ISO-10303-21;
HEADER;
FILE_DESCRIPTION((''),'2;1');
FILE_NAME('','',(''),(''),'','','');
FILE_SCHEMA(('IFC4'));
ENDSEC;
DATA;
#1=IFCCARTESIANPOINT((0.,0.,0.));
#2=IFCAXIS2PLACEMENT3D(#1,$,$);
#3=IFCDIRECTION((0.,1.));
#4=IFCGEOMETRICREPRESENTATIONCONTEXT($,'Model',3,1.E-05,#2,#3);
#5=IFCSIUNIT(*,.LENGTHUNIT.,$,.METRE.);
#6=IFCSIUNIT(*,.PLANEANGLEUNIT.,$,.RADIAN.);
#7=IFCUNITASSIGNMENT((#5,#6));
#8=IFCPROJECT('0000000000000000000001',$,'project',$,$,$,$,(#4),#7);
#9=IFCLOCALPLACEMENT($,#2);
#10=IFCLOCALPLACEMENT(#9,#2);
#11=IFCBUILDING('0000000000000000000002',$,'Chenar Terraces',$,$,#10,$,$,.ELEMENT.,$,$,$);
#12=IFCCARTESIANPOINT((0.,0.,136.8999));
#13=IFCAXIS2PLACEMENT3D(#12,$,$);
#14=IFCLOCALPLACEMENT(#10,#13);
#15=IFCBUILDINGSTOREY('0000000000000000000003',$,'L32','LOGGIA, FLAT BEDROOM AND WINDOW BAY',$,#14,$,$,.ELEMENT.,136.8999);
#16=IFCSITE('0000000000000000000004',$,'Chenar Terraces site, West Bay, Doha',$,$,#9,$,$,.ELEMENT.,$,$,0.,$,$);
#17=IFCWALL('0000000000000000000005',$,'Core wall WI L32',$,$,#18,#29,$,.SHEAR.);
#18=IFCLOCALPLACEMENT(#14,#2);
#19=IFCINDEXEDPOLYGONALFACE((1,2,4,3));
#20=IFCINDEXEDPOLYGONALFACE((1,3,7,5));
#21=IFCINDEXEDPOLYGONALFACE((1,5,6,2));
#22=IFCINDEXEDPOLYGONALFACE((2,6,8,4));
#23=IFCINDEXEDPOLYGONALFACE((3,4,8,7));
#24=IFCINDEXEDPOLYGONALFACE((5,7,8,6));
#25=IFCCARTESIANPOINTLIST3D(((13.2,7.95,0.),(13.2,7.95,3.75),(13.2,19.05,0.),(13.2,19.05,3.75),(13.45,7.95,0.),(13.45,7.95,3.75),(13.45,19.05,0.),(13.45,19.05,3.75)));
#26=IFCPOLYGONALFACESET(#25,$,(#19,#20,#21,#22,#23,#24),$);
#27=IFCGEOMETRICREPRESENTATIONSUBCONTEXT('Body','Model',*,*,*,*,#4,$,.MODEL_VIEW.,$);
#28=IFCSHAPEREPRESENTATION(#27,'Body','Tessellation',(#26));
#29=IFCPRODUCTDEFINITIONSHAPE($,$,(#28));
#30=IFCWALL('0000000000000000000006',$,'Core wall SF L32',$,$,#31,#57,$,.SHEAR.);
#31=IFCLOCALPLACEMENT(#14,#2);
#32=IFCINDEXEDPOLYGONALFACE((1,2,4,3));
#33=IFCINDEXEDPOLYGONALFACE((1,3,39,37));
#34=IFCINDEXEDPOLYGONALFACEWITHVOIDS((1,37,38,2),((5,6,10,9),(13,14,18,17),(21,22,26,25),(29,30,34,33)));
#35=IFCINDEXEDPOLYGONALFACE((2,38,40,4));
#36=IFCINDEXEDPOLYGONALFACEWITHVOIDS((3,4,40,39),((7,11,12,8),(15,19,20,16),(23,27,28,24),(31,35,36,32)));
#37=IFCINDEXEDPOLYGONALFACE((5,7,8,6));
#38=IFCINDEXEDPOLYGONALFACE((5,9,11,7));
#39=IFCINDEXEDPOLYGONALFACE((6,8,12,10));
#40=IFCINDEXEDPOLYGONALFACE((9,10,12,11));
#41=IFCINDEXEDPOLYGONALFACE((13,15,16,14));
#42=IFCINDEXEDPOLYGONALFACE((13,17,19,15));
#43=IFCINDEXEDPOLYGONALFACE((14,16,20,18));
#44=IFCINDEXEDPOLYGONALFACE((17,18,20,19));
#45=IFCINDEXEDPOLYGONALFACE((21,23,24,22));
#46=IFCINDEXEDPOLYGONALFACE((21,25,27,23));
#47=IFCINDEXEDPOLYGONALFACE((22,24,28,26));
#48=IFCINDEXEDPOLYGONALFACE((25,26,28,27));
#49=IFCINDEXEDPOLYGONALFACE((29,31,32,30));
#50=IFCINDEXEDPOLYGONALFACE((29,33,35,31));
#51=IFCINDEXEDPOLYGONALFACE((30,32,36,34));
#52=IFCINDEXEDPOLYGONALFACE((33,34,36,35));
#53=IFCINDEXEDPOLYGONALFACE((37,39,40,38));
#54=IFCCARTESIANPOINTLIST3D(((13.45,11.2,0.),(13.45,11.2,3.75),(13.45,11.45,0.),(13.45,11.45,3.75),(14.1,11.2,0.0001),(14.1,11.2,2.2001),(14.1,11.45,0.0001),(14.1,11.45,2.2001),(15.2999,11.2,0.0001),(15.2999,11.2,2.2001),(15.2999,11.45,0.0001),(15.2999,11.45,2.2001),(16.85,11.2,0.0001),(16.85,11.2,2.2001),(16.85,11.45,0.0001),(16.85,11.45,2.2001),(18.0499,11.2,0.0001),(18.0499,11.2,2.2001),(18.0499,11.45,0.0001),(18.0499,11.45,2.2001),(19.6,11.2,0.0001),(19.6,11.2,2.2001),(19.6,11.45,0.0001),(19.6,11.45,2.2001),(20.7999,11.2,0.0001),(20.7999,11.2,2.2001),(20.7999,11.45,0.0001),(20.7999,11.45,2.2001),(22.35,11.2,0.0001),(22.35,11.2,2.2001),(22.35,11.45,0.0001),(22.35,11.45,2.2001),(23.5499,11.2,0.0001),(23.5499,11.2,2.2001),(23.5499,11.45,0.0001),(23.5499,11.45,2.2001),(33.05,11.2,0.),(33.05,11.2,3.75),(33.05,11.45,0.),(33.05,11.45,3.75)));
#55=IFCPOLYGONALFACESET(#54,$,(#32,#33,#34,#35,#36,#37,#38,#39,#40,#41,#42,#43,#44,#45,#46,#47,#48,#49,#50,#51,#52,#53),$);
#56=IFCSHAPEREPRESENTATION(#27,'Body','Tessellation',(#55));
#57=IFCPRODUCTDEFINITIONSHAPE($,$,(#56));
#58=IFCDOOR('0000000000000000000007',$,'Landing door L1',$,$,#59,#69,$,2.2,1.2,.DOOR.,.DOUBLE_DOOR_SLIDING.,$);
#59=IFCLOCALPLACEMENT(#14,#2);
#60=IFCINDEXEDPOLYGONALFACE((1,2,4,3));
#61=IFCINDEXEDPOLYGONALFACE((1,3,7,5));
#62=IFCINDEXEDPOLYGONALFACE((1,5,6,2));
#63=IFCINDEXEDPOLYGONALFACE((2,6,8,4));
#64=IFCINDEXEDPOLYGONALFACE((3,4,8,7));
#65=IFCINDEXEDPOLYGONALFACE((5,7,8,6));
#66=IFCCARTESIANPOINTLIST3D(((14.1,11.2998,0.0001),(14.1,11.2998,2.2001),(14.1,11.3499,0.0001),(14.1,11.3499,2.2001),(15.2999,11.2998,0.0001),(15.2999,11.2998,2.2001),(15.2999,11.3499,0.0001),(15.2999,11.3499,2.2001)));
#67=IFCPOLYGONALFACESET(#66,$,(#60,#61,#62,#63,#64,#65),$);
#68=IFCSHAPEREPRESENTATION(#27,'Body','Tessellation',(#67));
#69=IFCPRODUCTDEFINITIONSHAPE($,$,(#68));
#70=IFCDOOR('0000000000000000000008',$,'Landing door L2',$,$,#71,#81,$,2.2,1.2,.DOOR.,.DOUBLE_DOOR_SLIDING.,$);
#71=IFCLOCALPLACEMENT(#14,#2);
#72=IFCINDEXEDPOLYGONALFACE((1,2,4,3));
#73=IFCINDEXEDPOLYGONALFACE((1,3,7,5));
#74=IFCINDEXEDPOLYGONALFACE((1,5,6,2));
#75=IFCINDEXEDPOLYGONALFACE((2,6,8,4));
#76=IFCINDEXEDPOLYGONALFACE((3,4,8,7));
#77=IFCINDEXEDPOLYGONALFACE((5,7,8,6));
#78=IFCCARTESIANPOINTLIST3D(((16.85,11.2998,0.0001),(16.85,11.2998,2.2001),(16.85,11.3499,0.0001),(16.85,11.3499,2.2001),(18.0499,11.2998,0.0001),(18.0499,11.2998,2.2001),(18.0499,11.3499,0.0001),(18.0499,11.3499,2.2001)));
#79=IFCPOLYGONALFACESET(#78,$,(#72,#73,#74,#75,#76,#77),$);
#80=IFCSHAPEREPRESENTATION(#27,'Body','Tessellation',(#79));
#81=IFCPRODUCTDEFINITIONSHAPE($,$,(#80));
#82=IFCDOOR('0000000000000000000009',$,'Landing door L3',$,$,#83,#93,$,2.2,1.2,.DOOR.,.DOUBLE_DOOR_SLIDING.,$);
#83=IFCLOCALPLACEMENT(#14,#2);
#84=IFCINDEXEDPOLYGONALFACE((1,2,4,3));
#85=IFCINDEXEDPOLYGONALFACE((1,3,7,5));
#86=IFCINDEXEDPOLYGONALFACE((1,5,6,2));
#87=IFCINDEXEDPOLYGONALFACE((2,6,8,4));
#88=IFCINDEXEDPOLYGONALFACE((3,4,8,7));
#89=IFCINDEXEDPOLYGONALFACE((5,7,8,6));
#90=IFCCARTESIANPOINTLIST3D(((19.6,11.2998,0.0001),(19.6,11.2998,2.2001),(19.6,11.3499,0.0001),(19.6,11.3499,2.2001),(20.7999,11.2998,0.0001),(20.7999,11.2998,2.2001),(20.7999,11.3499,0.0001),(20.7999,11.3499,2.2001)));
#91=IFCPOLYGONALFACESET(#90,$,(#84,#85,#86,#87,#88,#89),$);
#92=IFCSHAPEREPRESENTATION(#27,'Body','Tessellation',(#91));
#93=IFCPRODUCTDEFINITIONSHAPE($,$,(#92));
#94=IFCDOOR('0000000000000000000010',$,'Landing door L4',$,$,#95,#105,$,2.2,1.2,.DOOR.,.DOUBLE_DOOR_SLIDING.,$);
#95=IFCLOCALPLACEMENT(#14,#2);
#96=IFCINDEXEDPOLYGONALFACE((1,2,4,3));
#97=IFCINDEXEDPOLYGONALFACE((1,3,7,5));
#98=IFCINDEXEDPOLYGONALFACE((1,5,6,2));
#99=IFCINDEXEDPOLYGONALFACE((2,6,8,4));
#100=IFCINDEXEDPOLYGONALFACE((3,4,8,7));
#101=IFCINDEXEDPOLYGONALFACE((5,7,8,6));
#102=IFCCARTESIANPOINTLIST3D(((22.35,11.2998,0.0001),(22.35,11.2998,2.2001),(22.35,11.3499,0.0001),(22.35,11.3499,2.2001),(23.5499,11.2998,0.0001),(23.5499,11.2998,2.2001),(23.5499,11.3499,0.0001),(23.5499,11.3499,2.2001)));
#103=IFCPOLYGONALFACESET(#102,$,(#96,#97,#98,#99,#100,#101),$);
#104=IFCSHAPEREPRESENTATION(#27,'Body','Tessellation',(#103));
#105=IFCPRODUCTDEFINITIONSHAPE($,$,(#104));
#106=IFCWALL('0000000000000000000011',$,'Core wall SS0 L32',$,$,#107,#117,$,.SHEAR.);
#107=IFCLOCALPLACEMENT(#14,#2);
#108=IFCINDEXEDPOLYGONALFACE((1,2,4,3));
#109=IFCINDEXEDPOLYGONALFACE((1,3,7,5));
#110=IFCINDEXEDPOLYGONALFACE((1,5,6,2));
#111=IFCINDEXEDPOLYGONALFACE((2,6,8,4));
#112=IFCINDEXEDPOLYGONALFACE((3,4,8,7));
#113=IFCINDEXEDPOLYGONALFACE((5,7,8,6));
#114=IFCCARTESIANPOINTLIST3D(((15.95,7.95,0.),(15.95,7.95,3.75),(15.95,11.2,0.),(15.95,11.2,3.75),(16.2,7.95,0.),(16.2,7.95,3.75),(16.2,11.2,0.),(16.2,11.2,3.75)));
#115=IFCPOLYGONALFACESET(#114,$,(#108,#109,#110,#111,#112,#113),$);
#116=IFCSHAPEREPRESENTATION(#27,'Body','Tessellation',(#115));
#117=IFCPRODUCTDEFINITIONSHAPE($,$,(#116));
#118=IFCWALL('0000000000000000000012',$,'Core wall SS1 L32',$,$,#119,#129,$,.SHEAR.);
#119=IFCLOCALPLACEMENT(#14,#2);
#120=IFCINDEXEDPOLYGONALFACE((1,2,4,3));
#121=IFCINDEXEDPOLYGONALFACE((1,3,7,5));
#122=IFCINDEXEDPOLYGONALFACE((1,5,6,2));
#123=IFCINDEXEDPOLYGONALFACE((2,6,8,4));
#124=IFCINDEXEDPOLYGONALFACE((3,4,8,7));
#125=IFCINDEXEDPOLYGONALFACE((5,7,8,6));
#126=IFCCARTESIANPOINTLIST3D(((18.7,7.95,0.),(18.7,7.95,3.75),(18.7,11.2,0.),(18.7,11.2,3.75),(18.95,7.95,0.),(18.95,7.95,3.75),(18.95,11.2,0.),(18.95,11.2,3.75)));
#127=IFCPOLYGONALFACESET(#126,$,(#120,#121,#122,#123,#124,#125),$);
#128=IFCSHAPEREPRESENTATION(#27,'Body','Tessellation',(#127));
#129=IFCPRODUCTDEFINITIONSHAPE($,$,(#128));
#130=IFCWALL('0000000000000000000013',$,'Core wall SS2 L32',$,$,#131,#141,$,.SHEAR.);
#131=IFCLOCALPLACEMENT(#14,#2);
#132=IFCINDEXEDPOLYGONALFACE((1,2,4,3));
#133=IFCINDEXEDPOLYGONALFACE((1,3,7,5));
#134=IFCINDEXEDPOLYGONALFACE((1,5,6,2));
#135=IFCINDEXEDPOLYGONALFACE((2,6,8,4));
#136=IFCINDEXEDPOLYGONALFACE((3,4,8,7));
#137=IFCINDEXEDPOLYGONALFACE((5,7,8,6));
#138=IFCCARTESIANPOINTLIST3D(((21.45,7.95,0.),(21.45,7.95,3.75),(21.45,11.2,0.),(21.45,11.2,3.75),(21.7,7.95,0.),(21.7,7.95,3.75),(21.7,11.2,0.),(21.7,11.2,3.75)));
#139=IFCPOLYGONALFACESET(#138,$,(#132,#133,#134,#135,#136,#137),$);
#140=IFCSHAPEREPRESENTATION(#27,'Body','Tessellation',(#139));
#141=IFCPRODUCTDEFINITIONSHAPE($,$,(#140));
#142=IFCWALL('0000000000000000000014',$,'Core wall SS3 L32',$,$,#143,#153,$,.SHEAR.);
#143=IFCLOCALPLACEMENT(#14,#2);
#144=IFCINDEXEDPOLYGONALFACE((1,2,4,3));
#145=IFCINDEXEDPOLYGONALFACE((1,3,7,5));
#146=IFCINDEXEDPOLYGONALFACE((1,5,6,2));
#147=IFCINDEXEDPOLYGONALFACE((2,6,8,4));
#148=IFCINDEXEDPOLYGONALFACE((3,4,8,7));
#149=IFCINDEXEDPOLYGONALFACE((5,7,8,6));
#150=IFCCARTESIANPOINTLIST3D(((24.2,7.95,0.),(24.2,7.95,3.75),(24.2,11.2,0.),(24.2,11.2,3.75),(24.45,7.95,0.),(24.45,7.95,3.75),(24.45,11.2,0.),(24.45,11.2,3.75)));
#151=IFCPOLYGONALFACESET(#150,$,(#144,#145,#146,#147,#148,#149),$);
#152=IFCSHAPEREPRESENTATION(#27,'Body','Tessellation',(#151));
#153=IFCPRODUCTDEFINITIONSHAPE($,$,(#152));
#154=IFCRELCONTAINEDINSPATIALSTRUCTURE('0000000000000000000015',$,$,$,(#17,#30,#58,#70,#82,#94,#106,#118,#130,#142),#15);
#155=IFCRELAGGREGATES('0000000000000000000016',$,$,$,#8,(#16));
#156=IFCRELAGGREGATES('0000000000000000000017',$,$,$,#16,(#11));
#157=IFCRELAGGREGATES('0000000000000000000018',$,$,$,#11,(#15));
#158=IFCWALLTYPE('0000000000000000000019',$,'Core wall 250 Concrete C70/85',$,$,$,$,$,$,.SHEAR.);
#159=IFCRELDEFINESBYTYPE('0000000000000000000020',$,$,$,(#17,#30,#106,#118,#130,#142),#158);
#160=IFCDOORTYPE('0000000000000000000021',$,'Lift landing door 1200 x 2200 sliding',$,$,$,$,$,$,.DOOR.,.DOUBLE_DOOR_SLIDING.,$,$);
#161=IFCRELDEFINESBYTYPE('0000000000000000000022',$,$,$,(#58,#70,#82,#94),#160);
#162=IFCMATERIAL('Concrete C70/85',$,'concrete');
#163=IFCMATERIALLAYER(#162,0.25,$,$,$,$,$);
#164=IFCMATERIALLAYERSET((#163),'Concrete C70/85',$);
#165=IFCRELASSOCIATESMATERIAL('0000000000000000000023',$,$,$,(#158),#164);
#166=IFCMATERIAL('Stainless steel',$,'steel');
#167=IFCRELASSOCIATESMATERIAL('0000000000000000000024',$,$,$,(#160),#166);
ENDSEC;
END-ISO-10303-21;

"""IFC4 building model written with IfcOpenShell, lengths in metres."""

from ifc_helpers import new_model, si_unit, direction, frame, frame_2d, origin, place, context, subcontext, project, spatial, rectangle, extrude, material, layer, layer_set, type_object, element, fill, save


model = new_model("IFC4")

# Units and contexts
model_context = context("Model", 3, precision=1e-05, world=origin(), true_north=direction((0.0, 1.0)))
body_context = subcontext(model_context, "Body", "Model", "MODEL_VIEW")
ifc_project = project(units=[si_unit("LENGTHUNIT", "METRE"), si_unit("PLANEANGLEUNIT", "RADIAN")], contexts=[model_context])

# Site, building, storey
site_placement = place(None, origin())
site = spatial("IfcSite", under=ifc_project, at=site_placement, Name="Chenar Terraces site, West Bay, Doha", CompositionType="ELEMENT", RefElevation=0.0)
building_placement = place(site_placement, origin())
building = spatial("IfcBuilding", under=site, at=building_placement, Name="Chenar Terraces", CompositionType="ELEMENT")
storey_placement = place(building_placement, frame((0.0, 0.0, 136.8999)))
storey = spatial("IfcBuildingStorey", under=building, at=storey_placement, Name="L32", Description="LOGGIA, FLAT BEDROOM AND WINDOW BAY", CompositionType="ELEMENT", Elevation=136.8999)

# Wall
ifc_material_1 = material(Name="Concrete C70/85", Category="concrete")
ifc_layer_1 = layer(ifc_material_1, 0.25)
ifc_layer_set_1 = layer_set([ifc_layer_1], Name="Concrete C70/85")
wall_type_1 = type_object("IfcWallType", Name="Core wall 250 Concrete C70/85", PredefinedType="SHEAR", material=ifc_layer_set_1)
wall_1_placement = place(storey_placement, frame((13.325, 7.95, 0.0), z_axis=(0.0, 0.0, 1.0), x_axis=(0.0, 1.0, 0.0)))
element("IfcWall", 1, at=wall_1_placement, inside=storey, type_object=wall_type_1, Name="Core wall WI L32", PredefinedType="SHEAR", context=body_context, shape_type="SweptSolid", body=[
    extrude(rectangle(XDim=11.1001, YDim=0.25, at=frame_2d((5.55, 0.0))), origin(), (0.0, 0.0, 1.0), 3.75),
])

# Wall, openings, doors
wall_2_placement = place(storey_placement, frame((13.45, 11.325, 0.0), z_axis=(0.0, 0.0, 1.0), x_axis=(1.0, 0.0, 0.0)))
wall_2 = element("IfcWall", 2, at=wall_2_placement, inside=storey, type_object=wall_type_1, Name="Core wall SF L32", PredefinedType="SHEAR", context=body_context, shape_type="SweptSolid", body=[
    extrude(rectangle(XDim=19.6001, YDim=0.25, at=frame_2d((9.8, 0.0))), origin(), (0.0, 0.0, 1.0), 3.75),
])
opening_1_placement = place(wall_2_placement, frame((0.6499, 0.0, 0.0)))
opening_1 = element("IfcOpeningElement", 3, at=opening_1_placement, cuts=wall_2, PredefinedType="OPENING", context=body_context, shape_type="SweptSolid", body=[
    extrude(rectangle(XDim=1.2, YDim=2.2, at=frame_2d((0.6001, 1.1001))), frame((0.0, 0.135, 0.0), z_axis=(0.0, -1.0, 0.0), x_axis=(1.0, 0.0, 0.0)), (0.0, 0.0, 1.0), 0.27),
])
opening_2_placement = place(wall_2_placement, frame((3.3999, 0.0, 0.0)))
opening_2 = element("IfcOpeningElement", 4, at=opening_2_placement, cuts=wall_2, PredefinedType="OPENING", context=body_context, shape_type="SweptSolid", body=[
    extrude(rectangle(XDim=1.2, YDim=2.2, at=frame_2d((0.6001, 1.1001))), frame((0.0, 0.135, 0.0), z_axis=(0.0, -1.0, 0.0), x_axis=(1.0, 0.0, 0.0)), (0.0, 0.0, 1.0), 0.27),
])
opening_3_placement = place(wall_2_placement, frame((6.1499, 0.0, 0.0)))
opening_3 = element("IfcOpeningElement", 5, at=opening_3_placement, cuts=wall_2, PredefinedType="OPENING", context=body_context, shape_type="SweptSolid", body=[
    extrude(rectangle(XDim=1.2, YDim=2.2, at=frame_2d((0.6001, 1.1001))), frame((0.0, 0.135, 0.0), z_axis=(0.0, -1.0, 0.0), x_axis=(1.0, 0.0, 0.0)), (0.0, 0.0, 1.0), 0.27),
])
opening_4_placement = place(wall_2_placement, frame((8.8999, 0.0, 0.0)))
opening_4 = element("IfcOpeningElement", 6, at=opening_4_placement, cuts=wall_2, PredefinedType="OPENING", context=body_context, shape_type="SweptSolid", body=[
    extrude(rectangle(XDim=1.2, YDim=2.2, at=frame_2d((0.6001, 1.1001))), frame((0.0, 0.135, 0.0), z_axis=(0.0, -1.0, 0.0), x_axis=(1.0, 0.0, 0.0)), (0.0, 0.0, 1.0), 0.27),
])
ifc_material_2 = material(Name="Stainless steel", Category="steel")
door_type_1 = type_object("IfcDoorType", Name="Lift landing door 1200 x 2200 sliding", OperationType="DOUBLE_DOOR_SLIDING", PredefinedType="DOOR", material=ifc_material_2)
door_1_placement = place(opening_1_placement, origin())
door_1 = element("IfcDoor", 7, at=door_1_placement, inside=storey, type_object=door_type_1, Name="Landing door L1", OperationType="DOUBLE_DOOR_SLIDING", OverallHeight=2.2, OverallWidth=1.2, PredefinedType="DOOR", context=body_context, shape_type="SweptSolid", body=[
    extrude(rectangle(XDim=1.2, YDim=2.2, at=frame_2d((0.6001, 1.1001))), frame((0.0, 0.0249, 0.0), z_axis=(0.0, -1.0, 0.0), x_axis=(1.0, 0.0, 0.0)), (0.0, 0.0, 1.0), 0.05),
])
fill(opening_1, door_1)
door_2_placement = place(opening_2_placement, origin())
door_2 = element("IfcDoor", 8, at=door_2_placement, inside=storey, type_object=door_type_1, Name="Landing door L2", OperationType="DOUBLE_DOOR_SLIDING", OverallHeight=2.2, OverallWidth=1.2, PredefinedType="DOOR", context=body_context, shape_type="SweptSolid", body=[
    extrude(rectangle(XDim=1.2, YDim=2.2, at=frame_2d((0.6001, 1.1001))), frame((0.0, 0.0249, 0.0), z_axis=(0.0, -1.0, 0.0), x_axis=(1.0, 0.0, 0.0)), (0.0, 0.0, 1.0), 0.05),
])
fill(opening_2, door_2)
door_3_placement = place(opening_3_placement, origin())
door_3 = element("IfcDoor", 9, at=door_3_placement, inside=storey, type_object=door_type_1, Name="Landing door L3", OperationType="DOUBLE_DOOR_SLIDING", OverallHeight=2.2, OverallWidth=1.2, PredefinedType="DOOR", context=body_context, shape_type="SweptSolid", body=[
    extrude(rectangle(XDim=1.2, YDim=2.2, at=frame_2d((0.6001, 1.1001))), frame((0.0, 0.0249, 0.0), z_axis=(0.0, -1.0, 0.0), x_axis=(1.0, 0.0, 0.0)), (0.0, 0.0, 1.0), 0.05),
])
fill(opening_3, door_3)
door_4_placement = place(opening_4_placement, origin())
door_4 = element("IfcDoor", 10, at=door_4_placement, inside=storey, type_object=door_type_1, Name="Landing door L4", OperationType="DOUBLE_DOOR_SLIDING", OverallHeight=2.2, OverallWidth=1.2, PredefinedType="DOOR", context=body_context, shape_type="SweptSolid", body=[
    extrude(rectangle(XDim=1.2, YDim=2.2, at=frame_2d((0.6001, 1.1001))), frame((0.0, 0.0249, 0.0), z_axis=(0.0, -1.0, 0.0), x_axis=(1.0, 0.0, 0.0)), (0.0, 0.0, 1.0), 0.05),
])
fill(opening_4, door_4)

# Walls
for number, where, z_axis, x_axis, name in (
    (11, (16.075, 7.95, 0.0), (0.0, 0.0, 1.0), (0.0, 1.0, 0.0), "Core wall SS0 L32"),
    (12, (18.825, 7.95, 0.0), (0.0, 0.0, 1.0), (0.0, 1.0, 0.0), "Core wall SS1 L32"),
    (13, (21.575, 7.95, 0.0), (0.0, 0.0, 1.0), (0.0, 1.0, 0.0), "Core wall SS2 L32"),
    (14, (24.325, 7.95, 0.0), (0.0, 0.0, 1.0), (0.0, 1.0, 0.0), "Core wall SS3 L32"),
):
    element("IfcWall", number, at=place(storey_placement, frame(where, z_axis=z_axis, x_axis=x_axis)), inside=storey, type_object=wall_type_1, Name=name, PredefinedType="SHEAR", context=body_context, shape_type="SweptSolid", body=[
        extrude(rectangle(XDim=3.25, YDim=0.25, at=frame_2d((1.625, 0.0))), origin(), (0.0, 0.0, 1.0), 3.75),
    ])

save(model, "model.ifc")
